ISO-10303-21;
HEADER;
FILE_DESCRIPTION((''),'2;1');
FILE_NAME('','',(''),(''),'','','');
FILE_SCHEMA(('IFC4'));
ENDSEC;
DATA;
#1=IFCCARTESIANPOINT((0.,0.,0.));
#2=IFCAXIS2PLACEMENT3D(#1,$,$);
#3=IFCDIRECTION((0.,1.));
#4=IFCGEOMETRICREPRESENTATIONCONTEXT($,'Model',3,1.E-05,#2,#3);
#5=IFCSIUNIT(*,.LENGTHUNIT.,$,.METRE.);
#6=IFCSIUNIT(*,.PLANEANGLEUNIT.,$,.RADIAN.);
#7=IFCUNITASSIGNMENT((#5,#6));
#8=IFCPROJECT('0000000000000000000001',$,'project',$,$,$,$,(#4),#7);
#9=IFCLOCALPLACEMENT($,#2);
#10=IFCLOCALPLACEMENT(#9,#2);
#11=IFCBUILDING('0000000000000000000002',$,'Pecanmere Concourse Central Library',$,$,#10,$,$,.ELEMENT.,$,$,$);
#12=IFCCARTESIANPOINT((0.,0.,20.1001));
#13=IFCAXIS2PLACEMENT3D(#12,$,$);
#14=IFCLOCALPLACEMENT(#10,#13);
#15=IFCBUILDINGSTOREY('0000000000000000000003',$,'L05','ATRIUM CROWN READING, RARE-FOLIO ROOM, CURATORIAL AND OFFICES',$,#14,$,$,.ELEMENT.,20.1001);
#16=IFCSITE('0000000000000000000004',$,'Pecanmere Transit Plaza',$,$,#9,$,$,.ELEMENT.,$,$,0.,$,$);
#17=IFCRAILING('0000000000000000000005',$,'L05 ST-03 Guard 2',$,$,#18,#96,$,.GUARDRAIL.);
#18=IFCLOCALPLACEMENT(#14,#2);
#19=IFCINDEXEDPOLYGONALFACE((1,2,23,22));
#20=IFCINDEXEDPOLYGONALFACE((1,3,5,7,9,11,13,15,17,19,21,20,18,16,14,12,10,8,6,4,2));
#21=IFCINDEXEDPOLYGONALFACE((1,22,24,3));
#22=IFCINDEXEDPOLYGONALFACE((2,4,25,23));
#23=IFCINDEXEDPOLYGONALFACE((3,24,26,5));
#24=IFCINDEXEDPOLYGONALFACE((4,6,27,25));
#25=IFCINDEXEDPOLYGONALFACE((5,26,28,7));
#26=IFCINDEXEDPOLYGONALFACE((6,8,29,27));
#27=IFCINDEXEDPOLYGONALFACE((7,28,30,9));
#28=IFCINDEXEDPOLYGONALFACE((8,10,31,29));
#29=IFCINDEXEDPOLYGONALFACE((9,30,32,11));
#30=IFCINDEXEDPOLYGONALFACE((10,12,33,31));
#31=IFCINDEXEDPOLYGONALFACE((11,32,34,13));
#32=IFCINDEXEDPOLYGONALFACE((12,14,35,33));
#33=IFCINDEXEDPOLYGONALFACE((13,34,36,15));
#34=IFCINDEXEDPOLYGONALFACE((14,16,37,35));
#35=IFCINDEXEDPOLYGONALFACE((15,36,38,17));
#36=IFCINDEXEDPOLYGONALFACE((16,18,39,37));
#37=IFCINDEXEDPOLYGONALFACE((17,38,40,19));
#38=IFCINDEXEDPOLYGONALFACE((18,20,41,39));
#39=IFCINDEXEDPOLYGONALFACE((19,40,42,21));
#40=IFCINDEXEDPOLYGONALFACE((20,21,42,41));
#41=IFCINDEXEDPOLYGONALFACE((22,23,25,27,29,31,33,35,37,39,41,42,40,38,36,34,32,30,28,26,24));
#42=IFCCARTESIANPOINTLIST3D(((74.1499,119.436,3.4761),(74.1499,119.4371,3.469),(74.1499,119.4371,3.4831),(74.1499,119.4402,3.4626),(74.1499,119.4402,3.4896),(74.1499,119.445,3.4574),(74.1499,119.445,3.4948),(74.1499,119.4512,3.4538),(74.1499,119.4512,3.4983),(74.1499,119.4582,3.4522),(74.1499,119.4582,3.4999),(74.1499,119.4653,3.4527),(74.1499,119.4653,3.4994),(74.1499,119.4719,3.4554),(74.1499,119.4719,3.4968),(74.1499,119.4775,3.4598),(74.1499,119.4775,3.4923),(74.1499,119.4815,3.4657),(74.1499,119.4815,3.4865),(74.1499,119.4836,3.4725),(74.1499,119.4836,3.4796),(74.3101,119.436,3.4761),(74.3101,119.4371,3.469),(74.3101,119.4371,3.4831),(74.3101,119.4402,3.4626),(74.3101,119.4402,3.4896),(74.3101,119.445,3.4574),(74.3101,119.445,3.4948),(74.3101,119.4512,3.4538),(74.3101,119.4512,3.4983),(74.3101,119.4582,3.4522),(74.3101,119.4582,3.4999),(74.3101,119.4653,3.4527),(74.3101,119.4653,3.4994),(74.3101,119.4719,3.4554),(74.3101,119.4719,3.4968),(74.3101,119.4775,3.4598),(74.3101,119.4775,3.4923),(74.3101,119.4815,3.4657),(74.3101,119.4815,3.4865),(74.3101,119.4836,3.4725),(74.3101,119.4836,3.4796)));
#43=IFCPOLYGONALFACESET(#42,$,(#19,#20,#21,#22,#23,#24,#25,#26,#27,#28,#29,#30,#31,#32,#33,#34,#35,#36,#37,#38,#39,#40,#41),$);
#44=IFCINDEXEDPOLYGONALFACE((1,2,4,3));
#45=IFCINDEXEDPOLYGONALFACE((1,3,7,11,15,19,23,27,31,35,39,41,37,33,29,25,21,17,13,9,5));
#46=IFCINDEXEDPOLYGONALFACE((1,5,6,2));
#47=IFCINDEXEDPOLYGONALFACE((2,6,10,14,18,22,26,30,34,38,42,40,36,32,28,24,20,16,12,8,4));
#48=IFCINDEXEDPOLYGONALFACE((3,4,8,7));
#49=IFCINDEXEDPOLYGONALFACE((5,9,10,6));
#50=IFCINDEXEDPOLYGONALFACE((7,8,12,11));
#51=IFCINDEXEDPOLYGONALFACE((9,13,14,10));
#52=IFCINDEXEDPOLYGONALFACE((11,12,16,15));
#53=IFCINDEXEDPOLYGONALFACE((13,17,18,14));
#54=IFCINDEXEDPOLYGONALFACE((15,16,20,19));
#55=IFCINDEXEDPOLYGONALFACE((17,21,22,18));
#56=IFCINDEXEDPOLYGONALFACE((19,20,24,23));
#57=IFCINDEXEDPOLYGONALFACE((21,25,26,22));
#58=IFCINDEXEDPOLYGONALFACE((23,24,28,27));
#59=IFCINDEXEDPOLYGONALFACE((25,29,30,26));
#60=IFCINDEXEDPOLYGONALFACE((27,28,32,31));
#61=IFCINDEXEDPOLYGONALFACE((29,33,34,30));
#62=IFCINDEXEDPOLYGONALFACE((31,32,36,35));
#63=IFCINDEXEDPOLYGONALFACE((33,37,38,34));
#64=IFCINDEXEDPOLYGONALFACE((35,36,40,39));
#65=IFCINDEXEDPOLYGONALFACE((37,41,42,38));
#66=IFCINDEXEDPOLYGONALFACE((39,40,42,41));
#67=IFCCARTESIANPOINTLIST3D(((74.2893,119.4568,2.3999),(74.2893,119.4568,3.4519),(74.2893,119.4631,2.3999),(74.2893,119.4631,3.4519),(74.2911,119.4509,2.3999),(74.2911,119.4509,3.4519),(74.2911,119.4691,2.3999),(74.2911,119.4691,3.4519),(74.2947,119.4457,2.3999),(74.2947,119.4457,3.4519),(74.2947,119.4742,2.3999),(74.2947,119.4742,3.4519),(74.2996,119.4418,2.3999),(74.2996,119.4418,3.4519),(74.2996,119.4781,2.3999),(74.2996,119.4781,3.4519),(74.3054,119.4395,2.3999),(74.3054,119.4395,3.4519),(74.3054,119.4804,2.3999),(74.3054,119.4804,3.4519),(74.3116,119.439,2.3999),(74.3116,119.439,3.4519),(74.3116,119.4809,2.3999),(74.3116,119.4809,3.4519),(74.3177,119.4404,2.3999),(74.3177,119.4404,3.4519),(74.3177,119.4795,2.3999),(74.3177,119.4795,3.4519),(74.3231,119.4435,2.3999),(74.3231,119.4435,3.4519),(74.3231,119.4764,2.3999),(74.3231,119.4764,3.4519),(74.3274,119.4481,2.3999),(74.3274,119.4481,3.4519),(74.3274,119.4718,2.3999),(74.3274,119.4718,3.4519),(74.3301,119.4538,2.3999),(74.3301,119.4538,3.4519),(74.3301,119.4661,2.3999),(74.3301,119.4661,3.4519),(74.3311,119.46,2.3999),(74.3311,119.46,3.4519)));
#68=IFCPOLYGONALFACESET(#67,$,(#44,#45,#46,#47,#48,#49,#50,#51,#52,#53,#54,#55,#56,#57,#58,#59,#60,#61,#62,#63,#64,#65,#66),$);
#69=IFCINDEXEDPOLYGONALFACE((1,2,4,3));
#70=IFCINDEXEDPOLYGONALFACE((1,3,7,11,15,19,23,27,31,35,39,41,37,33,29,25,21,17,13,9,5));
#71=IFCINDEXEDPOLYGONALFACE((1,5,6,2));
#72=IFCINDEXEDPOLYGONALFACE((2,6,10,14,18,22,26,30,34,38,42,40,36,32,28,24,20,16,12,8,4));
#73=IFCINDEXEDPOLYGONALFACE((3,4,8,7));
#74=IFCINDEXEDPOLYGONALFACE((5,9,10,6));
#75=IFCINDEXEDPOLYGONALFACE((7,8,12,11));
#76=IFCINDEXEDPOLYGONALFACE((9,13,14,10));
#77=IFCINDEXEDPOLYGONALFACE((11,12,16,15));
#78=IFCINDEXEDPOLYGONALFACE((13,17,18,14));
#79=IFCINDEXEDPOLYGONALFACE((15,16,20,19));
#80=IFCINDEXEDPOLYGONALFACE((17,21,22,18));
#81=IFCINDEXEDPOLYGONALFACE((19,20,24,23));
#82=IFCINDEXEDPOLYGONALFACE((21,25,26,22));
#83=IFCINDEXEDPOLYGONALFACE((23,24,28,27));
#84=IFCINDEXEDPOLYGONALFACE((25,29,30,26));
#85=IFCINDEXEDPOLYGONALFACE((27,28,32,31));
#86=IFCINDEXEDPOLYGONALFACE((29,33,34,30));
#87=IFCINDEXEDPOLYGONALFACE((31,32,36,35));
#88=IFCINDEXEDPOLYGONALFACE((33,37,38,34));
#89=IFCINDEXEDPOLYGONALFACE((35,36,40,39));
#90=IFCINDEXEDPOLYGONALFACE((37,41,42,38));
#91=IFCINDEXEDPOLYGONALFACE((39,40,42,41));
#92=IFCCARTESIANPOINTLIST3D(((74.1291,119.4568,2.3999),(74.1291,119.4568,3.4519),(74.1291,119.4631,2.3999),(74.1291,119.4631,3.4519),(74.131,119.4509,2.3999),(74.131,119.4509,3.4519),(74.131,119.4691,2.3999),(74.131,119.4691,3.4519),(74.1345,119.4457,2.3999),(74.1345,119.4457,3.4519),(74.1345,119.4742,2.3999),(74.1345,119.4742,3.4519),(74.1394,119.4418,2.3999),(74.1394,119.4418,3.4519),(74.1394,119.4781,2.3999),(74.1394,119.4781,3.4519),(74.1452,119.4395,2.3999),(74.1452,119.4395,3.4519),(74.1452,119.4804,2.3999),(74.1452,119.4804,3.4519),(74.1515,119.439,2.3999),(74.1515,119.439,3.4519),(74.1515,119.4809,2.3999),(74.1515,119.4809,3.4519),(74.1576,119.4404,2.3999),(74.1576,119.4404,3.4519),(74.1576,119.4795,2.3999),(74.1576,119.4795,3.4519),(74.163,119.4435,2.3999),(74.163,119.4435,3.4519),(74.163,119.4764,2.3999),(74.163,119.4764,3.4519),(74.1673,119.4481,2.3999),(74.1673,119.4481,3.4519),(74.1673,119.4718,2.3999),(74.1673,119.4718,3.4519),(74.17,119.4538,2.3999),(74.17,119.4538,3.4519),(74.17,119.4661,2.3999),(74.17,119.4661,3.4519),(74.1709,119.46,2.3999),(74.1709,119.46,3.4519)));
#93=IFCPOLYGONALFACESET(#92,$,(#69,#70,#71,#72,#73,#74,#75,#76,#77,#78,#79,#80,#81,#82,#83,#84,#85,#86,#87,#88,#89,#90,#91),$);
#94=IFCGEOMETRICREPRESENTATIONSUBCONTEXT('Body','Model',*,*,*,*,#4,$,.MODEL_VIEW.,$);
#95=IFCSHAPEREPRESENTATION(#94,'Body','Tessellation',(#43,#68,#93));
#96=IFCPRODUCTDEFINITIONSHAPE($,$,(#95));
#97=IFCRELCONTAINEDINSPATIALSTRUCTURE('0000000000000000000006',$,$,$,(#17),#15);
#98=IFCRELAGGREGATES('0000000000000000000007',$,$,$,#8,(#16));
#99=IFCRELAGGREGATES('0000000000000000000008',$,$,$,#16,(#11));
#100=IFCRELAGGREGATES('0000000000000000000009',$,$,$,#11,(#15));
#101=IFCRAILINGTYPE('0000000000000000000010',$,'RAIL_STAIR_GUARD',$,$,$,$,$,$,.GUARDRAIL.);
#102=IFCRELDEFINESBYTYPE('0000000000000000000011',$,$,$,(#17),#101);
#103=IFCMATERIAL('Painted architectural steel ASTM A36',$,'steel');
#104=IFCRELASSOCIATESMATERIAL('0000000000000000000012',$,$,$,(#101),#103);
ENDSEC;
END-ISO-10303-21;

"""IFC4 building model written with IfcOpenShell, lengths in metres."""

from ifc_helpers import new_model, si_unit, direction, frame, origin, origin_2d, place, context, subcontext, project, spatial, circle, extrude, material, type_object, element, save


model = new_model("IFC4")

# Units and contexts
model_context = context("Model", 3, precision=1e-05, world=origin(), true_north=direction((0.0, 1.0)))
body_context = subcontext(model_context, "Body", "Model", "MODEL_VIEW")
ifc_project = project(units=[si_unit("LENGTHUNIT", "METRE"), si_unit("PLANEANGLEUNIT", "RADIAN")], contexts=[model_context])

# Site, building, storey
site_placement = place(None, origin())
site = spatial("IfcSite", under=ifc_project, at=site_placement, Name="Pecanmere Transit Plaza", CompositionType="ELEMENT", RefElevation=0.0)
building_placement = place(site_placement, origin())
building = spatial("IfcBuilding", under=site, at=building_placement, Name="Pecanmere Concourse Central Library", CompositionType="ELEMENT")
storey_placement = place(building_placement, frame((0.0, 0.0, 20.1001)))
storey = spatial("IfcBuildingStorey", under=building, at=storey_placement, Name="L05", Description="ATRIUM CROWN READING, RARE-FOLIO ROOM, CURATORIAL AND OFFICES", CompositionType="ELEMENT", Elevation=20.1001)

# Railing
ifc_material_1 = material(Name="Painted architectural steel ASTM A36", Category="steel")
railing_type_1 = type_object("IfcRailingType", Name="RAIL_STAIR_GUARD", PredefinedType="GUARDRAIL", material=ifc_material_1)
railing_1_placement = place(storey_placement, frame((74.3101, 119.46, 2.3999)))
element("IfcRailing", 1, at=railing_1_placement, inside=storey, type_object=railing_type_1, Name="L05 ST-03 Guard 2", PredefinedType="GUARDRAIL", context=body_context, shape_type="SweptSolid", body=[
    extrude(circle(Radius=0.0239, at=origin_2d()), frame((0.0, 0.0, 1.0762), z_axis=(-1.0, 0.0, 0.0), x_axis=(0.0, -1.0, 0.0)), (0.0, 0.0, 1.0), 0.1602),
    extrude(circle(Radius=0.021, at=origin_2d()), origin(), (0.0, 0.0, 1.0), 1.052),
    extrude(circle(Radius=0.021, at=origin_2d()), frame((-0.1602, 0.0, 0.0)), (0.0, 0.0, 1.0), 1.052),
])

save(model, "model.ifc")
